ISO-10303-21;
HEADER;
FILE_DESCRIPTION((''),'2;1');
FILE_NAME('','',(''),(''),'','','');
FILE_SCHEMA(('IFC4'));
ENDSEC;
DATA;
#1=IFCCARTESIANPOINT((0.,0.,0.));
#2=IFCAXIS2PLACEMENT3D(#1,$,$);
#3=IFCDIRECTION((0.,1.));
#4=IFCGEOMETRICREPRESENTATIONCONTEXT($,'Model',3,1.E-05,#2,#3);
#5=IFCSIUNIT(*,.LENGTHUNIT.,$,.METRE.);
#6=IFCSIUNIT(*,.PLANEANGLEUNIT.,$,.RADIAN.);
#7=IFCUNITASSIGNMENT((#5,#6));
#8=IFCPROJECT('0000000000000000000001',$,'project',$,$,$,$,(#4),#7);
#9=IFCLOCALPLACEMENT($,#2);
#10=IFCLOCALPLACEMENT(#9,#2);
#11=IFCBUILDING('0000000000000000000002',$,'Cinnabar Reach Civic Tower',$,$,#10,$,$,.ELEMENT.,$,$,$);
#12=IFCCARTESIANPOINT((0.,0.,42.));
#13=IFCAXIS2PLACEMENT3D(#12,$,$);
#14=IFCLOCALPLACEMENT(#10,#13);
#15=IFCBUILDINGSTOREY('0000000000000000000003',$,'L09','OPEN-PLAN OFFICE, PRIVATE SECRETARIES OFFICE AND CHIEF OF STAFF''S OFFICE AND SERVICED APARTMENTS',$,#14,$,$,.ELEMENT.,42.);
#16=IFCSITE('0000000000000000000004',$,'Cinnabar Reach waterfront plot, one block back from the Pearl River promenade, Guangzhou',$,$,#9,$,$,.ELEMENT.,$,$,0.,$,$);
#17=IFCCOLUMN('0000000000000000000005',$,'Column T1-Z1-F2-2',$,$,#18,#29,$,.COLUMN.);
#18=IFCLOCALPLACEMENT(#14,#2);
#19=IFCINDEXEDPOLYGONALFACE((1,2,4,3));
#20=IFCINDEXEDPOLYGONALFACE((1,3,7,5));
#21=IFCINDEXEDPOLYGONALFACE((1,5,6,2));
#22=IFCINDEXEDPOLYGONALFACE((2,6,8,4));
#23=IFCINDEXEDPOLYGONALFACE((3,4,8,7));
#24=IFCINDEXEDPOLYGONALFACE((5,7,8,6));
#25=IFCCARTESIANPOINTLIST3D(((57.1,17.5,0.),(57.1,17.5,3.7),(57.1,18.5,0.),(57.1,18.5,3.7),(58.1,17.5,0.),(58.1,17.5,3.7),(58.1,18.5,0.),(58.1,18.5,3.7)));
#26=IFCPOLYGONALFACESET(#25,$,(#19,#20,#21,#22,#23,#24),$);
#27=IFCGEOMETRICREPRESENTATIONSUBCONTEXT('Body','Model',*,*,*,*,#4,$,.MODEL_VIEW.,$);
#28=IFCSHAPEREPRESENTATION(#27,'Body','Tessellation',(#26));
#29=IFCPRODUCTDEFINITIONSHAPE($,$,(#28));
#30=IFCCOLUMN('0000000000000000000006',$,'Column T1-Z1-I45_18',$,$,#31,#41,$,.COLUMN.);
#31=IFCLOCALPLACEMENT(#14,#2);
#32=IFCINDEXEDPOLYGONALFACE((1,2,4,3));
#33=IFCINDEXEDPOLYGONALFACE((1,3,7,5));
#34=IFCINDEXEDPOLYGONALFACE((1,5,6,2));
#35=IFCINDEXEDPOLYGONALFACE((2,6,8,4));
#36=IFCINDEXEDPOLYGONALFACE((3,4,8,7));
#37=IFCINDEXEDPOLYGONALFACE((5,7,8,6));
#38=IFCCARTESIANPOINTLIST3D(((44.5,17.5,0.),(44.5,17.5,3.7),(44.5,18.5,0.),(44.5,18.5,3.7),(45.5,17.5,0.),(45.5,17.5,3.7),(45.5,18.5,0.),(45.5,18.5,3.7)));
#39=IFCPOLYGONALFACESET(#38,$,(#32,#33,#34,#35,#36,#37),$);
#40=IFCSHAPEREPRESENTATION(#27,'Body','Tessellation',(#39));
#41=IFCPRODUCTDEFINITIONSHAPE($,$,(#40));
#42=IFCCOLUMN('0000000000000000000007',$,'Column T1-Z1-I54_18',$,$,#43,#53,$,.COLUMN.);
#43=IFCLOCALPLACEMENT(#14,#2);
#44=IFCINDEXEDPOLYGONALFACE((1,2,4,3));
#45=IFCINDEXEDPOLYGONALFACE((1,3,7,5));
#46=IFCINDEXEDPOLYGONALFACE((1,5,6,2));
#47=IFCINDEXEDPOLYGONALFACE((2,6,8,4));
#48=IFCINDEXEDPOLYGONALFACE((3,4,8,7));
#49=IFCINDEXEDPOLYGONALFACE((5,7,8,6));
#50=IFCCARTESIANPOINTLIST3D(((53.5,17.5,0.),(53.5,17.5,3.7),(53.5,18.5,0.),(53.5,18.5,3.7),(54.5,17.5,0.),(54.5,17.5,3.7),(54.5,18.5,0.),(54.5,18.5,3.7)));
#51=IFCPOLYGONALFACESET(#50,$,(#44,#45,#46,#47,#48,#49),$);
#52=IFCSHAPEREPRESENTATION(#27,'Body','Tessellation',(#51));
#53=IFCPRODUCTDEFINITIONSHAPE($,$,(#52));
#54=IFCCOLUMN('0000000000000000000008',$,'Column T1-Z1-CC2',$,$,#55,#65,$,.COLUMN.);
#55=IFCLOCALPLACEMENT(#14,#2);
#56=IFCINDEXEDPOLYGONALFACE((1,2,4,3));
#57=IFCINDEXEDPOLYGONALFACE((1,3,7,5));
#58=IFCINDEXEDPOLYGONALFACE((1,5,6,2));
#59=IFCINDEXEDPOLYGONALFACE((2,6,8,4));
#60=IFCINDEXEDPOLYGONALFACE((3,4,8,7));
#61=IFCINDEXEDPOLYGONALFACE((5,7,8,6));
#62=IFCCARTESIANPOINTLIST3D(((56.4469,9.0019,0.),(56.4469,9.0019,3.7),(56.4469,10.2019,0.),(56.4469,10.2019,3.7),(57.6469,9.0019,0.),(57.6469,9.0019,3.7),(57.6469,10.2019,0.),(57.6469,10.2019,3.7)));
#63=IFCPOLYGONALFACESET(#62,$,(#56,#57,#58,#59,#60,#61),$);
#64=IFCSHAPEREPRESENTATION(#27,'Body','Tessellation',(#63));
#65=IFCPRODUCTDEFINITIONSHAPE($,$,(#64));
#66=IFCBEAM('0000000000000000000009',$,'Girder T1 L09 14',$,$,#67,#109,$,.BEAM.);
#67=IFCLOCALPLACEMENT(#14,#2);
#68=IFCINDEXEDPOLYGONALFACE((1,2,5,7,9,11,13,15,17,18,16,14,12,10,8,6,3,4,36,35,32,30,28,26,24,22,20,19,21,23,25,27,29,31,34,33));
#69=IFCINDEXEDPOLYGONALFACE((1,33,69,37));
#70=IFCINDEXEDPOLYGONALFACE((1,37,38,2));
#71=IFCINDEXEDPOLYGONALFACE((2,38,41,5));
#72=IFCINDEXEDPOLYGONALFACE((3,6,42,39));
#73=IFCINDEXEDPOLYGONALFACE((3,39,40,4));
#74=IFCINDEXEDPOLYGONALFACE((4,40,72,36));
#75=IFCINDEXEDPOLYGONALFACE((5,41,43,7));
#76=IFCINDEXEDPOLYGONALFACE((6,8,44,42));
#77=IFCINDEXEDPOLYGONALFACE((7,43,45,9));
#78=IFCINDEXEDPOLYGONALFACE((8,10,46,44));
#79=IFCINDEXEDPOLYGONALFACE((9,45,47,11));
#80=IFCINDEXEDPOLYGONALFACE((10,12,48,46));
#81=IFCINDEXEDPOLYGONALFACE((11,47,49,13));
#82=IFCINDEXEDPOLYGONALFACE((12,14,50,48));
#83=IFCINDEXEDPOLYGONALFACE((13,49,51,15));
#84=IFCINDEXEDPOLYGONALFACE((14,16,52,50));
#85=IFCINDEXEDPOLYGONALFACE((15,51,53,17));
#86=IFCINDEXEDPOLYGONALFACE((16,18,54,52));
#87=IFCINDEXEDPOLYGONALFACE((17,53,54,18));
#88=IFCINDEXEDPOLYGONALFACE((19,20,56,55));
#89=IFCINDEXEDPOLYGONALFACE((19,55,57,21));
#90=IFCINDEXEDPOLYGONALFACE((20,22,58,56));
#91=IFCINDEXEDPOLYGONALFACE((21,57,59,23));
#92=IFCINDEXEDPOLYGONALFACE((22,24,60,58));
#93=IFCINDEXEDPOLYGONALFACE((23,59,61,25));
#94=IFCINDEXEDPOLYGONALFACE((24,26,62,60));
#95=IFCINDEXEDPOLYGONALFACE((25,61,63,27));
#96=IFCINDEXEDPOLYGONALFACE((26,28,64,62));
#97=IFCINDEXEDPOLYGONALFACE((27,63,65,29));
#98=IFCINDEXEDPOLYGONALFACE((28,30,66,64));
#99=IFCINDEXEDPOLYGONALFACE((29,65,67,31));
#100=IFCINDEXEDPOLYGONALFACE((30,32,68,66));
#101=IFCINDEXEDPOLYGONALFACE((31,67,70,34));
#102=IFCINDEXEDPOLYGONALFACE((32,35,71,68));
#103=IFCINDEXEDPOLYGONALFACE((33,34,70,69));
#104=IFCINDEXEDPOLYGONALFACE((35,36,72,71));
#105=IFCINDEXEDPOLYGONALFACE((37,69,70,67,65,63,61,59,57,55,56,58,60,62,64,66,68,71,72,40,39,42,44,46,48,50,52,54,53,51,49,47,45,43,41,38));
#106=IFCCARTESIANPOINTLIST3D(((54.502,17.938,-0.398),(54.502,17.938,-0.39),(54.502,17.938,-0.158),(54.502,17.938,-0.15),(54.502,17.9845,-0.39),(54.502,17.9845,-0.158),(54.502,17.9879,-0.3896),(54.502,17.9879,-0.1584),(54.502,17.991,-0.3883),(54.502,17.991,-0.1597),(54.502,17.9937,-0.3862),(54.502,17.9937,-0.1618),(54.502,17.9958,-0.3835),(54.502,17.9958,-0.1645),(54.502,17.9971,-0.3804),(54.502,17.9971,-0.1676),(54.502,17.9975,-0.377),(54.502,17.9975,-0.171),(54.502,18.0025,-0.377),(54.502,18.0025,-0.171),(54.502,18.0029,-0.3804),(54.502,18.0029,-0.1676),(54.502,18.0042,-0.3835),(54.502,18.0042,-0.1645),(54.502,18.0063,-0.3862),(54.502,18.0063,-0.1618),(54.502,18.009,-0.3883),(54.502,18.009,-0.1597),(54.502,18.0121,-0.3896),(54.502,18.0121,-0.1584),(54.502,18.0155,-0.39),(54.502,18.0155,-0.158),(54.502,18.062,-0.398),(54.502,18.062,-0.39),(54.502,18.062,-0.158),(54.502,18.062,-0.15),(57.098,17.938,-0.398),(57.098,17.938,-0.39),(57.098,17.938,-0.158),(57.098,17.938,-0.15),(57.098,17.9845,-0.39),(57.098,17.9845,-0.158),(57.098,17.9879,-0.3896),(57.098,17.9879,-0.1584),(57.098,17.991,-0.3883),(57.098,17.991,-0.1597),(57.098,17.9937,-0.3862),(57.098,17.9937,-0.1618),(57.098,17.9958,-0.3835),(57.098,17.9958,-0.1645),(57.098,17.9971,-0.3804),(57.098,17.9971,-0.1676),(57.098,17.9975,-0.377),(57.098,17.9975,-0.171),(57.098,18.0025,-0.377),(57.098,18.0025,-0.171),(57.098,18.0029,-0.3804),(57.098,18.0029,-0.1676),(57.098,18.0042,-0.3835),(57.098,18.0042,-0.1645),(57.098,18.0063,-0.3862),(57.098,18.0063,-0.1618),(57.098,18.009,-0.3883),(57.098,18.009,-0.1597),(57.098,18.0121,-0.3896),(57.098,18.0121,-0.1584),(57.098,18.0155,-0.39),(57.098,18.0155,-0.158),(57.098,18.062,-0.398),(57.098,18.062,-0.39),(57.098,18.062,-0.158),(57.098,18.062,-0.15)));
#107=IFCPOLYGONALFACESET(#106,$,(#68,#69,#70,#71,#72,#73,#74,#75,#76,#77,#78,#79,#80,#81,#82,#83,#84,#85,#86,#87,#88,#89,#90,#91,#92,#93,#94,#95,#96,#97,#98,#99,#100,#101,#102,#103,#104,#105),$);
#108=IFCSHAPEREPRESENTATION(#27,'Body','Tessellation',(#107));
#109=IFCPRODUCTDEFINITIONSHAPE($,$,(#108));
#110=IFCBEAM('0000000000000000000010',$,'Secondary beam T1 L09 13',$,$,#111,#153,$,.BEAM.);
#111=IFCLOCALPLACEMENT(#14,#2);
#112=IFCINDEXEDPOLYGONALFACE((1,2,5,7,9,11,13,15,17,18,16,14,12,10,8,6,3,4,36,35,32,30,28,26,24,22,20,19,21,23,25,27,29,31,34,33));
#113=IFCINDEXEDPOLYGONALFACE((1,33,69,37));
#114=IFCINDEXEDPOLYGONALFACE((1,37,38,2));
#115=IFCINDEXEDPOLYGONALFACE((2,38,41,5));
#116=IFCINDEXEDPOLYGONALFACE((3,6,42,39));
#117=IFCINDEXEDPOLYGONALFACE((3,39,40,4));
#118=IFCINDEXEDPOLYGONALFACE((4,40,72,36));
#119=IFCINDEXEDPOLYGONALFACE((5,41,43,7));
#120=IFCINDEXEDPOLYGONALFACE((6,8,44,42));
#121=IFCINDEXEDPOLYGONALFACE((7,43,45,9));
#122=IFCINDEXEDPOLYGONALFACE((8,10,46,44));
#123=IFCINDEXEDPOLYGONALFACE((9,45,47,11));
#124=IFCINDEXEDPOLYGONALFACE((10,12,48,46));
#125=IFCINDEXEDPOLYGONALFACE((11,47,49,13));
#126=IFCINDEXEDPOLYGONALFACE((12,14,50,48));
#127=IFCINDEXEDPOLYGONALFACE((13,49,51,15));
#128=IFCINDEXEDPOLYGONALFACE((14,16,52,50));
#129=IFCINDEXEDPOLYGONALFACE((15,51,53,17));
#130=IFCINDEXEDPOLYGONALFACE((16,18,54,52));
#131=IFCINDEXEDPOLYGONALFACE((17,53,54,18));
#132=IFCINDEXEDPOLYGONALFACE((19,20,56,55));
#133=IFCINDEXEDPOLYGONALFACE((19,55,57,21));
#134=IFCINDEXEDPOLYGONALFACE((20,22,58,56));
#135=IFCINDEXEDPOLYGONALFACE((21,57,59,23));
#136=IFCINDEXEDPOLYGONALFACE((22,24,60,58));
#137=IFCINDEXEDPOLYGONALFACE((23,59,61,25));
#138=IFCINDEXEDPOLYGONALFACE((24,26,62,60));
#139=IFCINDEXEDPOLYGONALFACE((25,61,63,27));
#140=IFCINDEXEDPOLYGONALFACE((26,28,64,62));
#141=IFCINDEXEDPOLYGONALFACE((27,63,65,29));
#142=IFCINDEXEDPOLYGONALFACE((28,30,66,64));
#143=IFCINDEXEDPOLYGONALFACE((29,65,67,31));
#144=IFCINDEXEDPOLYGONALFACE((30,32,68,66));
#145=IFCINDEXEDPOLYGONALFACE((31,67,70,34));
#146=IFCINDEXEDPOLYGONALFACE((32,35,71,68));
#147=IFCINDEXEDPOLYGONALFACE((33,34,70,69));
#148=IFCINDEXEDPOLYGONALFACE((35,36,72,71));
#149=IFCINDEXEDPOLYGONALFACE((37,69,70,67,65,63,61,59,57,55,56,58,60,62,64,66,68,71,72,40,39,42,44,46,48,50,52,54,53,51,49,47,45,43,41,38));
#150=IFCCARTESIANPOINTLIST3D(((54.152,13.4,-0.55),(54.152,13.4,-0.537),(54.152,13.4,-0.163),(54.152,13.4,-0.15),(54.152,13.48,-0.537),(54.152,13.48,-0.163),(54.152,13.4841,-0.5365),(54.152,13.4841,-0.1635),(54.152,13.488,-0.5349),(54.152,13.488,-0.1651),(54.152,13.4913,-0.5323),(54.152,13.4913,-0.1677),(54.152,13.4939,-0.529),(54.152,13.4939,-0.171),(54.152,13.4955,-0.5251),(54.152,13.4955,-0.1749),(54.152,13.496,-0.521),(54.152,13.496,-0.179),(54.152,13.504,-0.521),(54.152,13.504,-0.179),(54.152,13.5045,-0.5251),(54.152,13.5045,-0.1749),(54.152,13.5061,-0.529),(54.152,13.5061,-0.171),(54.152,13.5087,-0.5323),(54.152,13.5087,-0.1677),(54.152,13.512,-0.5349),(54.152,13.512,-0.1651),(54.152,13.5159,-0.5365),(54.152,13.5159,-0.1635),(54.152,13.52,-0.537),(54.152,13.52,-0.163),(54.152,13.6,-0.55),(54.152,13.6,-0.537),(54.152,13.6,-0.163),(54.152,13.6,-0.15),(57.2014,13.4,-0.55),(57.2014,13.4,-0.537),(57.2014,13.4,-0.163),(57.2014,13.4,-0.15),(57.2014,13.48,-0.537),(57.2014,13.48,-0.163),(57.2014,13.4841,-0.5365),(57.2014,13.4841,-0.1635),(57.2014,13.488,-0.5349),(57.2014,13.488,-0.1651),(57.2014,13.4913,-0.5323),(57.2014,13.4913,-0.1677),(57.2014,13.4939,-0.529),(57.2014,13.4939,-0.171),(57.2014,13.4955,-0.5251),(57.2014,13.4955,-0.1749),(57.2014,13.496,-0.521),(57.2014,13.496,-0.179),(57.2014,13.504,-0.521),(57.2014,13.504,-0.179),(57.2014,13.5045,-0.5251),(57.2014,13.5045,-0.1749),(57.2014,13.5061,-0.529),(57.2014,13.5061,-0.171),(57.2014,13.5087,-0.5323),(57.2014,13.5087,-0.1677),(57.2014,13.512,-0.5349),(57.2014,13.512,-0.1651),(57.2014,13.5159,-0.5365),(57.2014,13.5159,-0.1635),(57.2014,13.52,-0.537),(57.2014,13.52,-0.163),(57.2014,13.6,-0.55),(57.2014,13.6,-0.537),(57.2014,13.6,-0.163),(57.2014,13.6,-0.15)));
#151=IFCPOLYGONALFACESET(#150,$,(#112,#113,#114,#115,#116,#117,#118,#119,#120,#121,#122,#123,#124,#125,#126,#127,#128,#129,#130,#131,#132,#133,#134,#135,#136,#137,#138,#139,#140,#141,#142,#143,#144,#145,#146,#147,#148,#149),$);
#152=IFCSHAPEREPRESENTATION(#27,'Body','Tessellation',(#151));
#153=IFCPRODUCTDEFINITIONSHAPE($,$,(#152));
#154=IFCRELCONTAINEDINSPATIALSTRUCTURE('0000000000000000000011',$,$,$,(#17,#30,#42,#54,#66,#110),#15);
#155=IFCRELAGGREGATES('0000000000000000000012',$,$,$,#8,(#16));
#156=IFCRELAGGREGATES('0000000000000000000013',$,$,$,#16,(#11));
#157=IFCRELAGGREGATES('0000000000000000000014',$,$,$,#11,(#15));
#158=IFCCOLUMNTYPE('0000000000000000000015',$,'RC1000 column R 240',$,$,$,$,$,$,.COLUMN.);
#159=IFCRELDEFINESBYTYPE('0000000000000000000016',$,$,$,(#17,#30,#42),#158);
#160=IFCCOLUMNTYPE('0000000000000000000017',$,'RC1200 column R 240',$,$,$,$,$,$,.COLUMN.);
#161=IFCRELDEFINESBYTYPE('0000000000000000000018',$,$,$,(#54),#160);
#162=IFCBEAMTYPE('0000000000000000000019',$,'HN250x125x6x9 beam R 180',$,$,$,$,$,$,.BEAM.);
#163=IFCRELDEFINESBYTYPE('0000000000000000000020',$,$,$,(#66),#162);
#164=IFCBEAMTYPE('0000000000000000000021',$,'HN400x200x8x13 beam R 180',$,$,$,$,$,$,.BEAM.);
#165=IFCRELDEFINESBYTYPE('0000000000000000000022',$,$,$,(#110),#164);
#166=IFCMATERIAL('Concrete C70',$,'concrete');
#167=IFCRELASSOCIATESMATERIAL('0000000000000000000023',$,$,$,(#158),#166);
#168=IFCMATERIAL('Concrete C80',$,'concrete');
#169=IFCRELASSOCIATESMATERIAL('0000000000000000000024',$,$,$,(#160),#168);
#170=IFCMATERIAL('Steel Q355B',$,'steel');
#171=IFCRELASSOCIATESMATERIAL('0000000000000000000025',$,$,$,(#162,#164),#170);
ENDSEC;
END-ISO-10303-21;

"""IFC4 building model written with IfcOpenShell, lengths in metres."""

from ifc_helpers import new_model, si_unit, direction, frame, origin, origin_2d, place, context, subcontext, project, spatial, rectangle, i_section, extrude, material, material_profile, profile_set, type_object, element, save


model = new_model("IFC4")

# Units and contexts
model_context = context("Model", 3, precision=1e-05, world=origin(), true_north=direction((0.0, 1.0)))
body_context = subcontext(model_context, "Body", "Model", "MODEL_VIEW")
ifc_project = project(units=[si_unit("LENGTHUNIT", "METRE"), si_unit("PLANEANGLEUNIT", "RADIAN")], contexts=[model_context])

# Site, building, storey
site_placement = place(None, origin())
site = spatial("IfcSite", under=ifc_project, at=site_placement, Name="Cinnabar Reach waterfront plot, one block back from the Pearl River promenade, Guangzhou", CompositionType="ELEMENT", RefElevation=0.0)
building_placement = place(site_placement, origin())
building = spatial("IfcBuilding", under=site, at=building_placement, Name="Cinnabar Reach Civic Tower", CompositionType="ELEMENT")
storey_placement = place(building_placement, frame((0.0, 0.0, 42.0)))
storey = spatial("IfcBuildingStorey", under=building, at=storey_placement, Name="L09", Description="OPEN-PLAN OFFICE, PRIVATE SECRETARIES OFFICE AND CHIEF OF STAFF'S OFFICE AND SERVICED APARTMENTS", CompositionType="ELEMENT", Elevation=42.0)

# Columns
ifc_material_1 = material(Name="Concrete C70", Category="concrete")
ifc_material_profile_1 = material_profile(ifc_material_1, rectangle(XDim=1.0, YDim=1.0, at=origin_2d()), Name="RC1000")
ifc_profile_set_1 = profile_set([ifc_material_profile_1], Name="Concrete C70")
column_type_1 = type_object("IfcColumnType", Name="RC1000 column R 240", PredefinedType="COLUMN", material=ifc_profile_set_1)
for number, where, z_axis, x_axis, name in (
    (1, (57.6, 18.0, 0.0), (0.0, 0.0, 1.0), (1.0, 0.0, 0.0), "Column T1-Z1-F2-2"),
    (2, (45.0, 18.0, 0.0), (0.0, 0.0, 1.0), (1.0, 0.0, 0.0), "Column T1-Z1-I45_18"),
    (3, (54.0, 18.0, 0.0), (0.0, 0.0, 1.0), (1.0, 0.0, 0.0), "Column T1-Z1-I54_18"),
):
    element("IfcColumn", number, at=place(storey_placement, frame(where, z_axis=z_axis, x_axis=x_axis)), inside=storey, type_object=column_type_1, Name=name, PredefinedType="COLUMN", context=body_context, shape_type="SweptSolid", body=[
        extrude(rectangle(XDim=1.0, YDim=1.0, at=origin_2d()), origin(), (0.0, 0.0, 1.0), 3.7),
    ])
ifc_material_2 = material(Name="Concrete C80", Category="concrete")
ifc_material_profile_2 = material_profile(ifc_material_2, rectangle(XDim=1.2, YDim=1.2, at=origin_2d()), Name="RC1200")
ifc_profile_set_2 = profile_set([ifc_material_profile_2], Name="Concrete C80")
column_type_2 = type_object("IfcColumnType", Name="RC1200 column R 240", PredefinedType="COLUMN", material=ifc_profile_set_2)
column_placement = place(storey_placement, frame((57.0469, 9.6019, 0.0), z_axis=(0.0, 0.0, 1.0), x_axis=(1.0, 0.0, 0.0)))
element("IfcColumn", 4, at=column_placement, inside=storey, type_object=column_type_2, Name="Column T1-Z1-CC2", PredefinedType="COLUMN", context=body_context, shape_type="SweptSolid", body=[
    extrude(rectangle(XDim=1.2, YDim=1.2, at=origin_2d()), origin(), (0.0, 0.0, 1.0), 3.7),
])

# Beams
ifc_material_3 = material(Name="Steel Q355B", Category="steel")
ifc_material_profile_3 = material_profile(ifc_material_3, i_section(OverallWidth=0.124, OverallDepth=0.248, WebThickness=0.005, FlangeThickness=0.008, FilletRadius=0.013, at=origin_2d()), Name="HN250x125x6x9")
ifc_profile_set_3 = profile_set([ifc_material_profile_3], Name="Steel Q355B")
beam_type_1 = type_object("IfcBeamType", Name="HN250x125x6x9 beam R 180", PredefinedType="BEAM", material=ifc_profile_set_3)
beam_1_placement = place(storey_placement, frame((54.502, 18.0, -0.274), z_axis=(1.0, 0.0, 0.0), x_axis=(0.0, 1.0, 0.0)))
element("IfcBeam", 5, at=beam_1_placement, inside=storey, type_object=beam_type_1, Name="Girder T1 L09 14", PredefinedType="BEAM", context=body_context, shape_type="SweptSolid", body=[
    extrude(i_section(OverallWidth=0.124, OverallDepth=0.248, WebThickness=0.005, FlangeThickness=0.008, FilletRadius=0.013, at=origin_2d()), origin(), (0.0, 0.0, 1.0), 2.596),
])
ifc_material_profile_4 = material_profile(ifc_material_3, i_section(OverallWidth=0.2, OverallDepth=0.4, WebThickness=0.008, FlangeThickness=0.013, FilletRadius=0.016, at=origin_2d()), Name="HN400x200x8x13")
ifc_profile_set_4 = profile_set([ifc_material_profile_4], Name="Steel Q355B")
beam_type_2 = type_object("IfcBeamType", Name="HN400x200x8x13 beam R 180", PredefinedType="BEAM", material=ifc_profile_set_4)
beam_2_placement = place(storey_placement, frame((54.152, 13.5, -0.35), z_axis=(1.0, 0.0, 0.0), x_axis=(0.0, 1.0, 0.0)))
element("IfcBeam", 6, at=beam_2_placement, inside=storey, type_object=beam_type_2, Name="Secondary beam T1 L09 13", PredefinedType="BEAM", context=body_context, shape_type="SweptSolid", body=[
    extrude(i_section(OverallWidth=0.2, OverallDepth=0.4, WebThickness=0.008, FlangeThickness=0.013, FilletRadius=0.016, at=origin_2d()), origin(), (0.0, 0.0, 1.0), 3.0494),
])

save(model, "model.ifc")
